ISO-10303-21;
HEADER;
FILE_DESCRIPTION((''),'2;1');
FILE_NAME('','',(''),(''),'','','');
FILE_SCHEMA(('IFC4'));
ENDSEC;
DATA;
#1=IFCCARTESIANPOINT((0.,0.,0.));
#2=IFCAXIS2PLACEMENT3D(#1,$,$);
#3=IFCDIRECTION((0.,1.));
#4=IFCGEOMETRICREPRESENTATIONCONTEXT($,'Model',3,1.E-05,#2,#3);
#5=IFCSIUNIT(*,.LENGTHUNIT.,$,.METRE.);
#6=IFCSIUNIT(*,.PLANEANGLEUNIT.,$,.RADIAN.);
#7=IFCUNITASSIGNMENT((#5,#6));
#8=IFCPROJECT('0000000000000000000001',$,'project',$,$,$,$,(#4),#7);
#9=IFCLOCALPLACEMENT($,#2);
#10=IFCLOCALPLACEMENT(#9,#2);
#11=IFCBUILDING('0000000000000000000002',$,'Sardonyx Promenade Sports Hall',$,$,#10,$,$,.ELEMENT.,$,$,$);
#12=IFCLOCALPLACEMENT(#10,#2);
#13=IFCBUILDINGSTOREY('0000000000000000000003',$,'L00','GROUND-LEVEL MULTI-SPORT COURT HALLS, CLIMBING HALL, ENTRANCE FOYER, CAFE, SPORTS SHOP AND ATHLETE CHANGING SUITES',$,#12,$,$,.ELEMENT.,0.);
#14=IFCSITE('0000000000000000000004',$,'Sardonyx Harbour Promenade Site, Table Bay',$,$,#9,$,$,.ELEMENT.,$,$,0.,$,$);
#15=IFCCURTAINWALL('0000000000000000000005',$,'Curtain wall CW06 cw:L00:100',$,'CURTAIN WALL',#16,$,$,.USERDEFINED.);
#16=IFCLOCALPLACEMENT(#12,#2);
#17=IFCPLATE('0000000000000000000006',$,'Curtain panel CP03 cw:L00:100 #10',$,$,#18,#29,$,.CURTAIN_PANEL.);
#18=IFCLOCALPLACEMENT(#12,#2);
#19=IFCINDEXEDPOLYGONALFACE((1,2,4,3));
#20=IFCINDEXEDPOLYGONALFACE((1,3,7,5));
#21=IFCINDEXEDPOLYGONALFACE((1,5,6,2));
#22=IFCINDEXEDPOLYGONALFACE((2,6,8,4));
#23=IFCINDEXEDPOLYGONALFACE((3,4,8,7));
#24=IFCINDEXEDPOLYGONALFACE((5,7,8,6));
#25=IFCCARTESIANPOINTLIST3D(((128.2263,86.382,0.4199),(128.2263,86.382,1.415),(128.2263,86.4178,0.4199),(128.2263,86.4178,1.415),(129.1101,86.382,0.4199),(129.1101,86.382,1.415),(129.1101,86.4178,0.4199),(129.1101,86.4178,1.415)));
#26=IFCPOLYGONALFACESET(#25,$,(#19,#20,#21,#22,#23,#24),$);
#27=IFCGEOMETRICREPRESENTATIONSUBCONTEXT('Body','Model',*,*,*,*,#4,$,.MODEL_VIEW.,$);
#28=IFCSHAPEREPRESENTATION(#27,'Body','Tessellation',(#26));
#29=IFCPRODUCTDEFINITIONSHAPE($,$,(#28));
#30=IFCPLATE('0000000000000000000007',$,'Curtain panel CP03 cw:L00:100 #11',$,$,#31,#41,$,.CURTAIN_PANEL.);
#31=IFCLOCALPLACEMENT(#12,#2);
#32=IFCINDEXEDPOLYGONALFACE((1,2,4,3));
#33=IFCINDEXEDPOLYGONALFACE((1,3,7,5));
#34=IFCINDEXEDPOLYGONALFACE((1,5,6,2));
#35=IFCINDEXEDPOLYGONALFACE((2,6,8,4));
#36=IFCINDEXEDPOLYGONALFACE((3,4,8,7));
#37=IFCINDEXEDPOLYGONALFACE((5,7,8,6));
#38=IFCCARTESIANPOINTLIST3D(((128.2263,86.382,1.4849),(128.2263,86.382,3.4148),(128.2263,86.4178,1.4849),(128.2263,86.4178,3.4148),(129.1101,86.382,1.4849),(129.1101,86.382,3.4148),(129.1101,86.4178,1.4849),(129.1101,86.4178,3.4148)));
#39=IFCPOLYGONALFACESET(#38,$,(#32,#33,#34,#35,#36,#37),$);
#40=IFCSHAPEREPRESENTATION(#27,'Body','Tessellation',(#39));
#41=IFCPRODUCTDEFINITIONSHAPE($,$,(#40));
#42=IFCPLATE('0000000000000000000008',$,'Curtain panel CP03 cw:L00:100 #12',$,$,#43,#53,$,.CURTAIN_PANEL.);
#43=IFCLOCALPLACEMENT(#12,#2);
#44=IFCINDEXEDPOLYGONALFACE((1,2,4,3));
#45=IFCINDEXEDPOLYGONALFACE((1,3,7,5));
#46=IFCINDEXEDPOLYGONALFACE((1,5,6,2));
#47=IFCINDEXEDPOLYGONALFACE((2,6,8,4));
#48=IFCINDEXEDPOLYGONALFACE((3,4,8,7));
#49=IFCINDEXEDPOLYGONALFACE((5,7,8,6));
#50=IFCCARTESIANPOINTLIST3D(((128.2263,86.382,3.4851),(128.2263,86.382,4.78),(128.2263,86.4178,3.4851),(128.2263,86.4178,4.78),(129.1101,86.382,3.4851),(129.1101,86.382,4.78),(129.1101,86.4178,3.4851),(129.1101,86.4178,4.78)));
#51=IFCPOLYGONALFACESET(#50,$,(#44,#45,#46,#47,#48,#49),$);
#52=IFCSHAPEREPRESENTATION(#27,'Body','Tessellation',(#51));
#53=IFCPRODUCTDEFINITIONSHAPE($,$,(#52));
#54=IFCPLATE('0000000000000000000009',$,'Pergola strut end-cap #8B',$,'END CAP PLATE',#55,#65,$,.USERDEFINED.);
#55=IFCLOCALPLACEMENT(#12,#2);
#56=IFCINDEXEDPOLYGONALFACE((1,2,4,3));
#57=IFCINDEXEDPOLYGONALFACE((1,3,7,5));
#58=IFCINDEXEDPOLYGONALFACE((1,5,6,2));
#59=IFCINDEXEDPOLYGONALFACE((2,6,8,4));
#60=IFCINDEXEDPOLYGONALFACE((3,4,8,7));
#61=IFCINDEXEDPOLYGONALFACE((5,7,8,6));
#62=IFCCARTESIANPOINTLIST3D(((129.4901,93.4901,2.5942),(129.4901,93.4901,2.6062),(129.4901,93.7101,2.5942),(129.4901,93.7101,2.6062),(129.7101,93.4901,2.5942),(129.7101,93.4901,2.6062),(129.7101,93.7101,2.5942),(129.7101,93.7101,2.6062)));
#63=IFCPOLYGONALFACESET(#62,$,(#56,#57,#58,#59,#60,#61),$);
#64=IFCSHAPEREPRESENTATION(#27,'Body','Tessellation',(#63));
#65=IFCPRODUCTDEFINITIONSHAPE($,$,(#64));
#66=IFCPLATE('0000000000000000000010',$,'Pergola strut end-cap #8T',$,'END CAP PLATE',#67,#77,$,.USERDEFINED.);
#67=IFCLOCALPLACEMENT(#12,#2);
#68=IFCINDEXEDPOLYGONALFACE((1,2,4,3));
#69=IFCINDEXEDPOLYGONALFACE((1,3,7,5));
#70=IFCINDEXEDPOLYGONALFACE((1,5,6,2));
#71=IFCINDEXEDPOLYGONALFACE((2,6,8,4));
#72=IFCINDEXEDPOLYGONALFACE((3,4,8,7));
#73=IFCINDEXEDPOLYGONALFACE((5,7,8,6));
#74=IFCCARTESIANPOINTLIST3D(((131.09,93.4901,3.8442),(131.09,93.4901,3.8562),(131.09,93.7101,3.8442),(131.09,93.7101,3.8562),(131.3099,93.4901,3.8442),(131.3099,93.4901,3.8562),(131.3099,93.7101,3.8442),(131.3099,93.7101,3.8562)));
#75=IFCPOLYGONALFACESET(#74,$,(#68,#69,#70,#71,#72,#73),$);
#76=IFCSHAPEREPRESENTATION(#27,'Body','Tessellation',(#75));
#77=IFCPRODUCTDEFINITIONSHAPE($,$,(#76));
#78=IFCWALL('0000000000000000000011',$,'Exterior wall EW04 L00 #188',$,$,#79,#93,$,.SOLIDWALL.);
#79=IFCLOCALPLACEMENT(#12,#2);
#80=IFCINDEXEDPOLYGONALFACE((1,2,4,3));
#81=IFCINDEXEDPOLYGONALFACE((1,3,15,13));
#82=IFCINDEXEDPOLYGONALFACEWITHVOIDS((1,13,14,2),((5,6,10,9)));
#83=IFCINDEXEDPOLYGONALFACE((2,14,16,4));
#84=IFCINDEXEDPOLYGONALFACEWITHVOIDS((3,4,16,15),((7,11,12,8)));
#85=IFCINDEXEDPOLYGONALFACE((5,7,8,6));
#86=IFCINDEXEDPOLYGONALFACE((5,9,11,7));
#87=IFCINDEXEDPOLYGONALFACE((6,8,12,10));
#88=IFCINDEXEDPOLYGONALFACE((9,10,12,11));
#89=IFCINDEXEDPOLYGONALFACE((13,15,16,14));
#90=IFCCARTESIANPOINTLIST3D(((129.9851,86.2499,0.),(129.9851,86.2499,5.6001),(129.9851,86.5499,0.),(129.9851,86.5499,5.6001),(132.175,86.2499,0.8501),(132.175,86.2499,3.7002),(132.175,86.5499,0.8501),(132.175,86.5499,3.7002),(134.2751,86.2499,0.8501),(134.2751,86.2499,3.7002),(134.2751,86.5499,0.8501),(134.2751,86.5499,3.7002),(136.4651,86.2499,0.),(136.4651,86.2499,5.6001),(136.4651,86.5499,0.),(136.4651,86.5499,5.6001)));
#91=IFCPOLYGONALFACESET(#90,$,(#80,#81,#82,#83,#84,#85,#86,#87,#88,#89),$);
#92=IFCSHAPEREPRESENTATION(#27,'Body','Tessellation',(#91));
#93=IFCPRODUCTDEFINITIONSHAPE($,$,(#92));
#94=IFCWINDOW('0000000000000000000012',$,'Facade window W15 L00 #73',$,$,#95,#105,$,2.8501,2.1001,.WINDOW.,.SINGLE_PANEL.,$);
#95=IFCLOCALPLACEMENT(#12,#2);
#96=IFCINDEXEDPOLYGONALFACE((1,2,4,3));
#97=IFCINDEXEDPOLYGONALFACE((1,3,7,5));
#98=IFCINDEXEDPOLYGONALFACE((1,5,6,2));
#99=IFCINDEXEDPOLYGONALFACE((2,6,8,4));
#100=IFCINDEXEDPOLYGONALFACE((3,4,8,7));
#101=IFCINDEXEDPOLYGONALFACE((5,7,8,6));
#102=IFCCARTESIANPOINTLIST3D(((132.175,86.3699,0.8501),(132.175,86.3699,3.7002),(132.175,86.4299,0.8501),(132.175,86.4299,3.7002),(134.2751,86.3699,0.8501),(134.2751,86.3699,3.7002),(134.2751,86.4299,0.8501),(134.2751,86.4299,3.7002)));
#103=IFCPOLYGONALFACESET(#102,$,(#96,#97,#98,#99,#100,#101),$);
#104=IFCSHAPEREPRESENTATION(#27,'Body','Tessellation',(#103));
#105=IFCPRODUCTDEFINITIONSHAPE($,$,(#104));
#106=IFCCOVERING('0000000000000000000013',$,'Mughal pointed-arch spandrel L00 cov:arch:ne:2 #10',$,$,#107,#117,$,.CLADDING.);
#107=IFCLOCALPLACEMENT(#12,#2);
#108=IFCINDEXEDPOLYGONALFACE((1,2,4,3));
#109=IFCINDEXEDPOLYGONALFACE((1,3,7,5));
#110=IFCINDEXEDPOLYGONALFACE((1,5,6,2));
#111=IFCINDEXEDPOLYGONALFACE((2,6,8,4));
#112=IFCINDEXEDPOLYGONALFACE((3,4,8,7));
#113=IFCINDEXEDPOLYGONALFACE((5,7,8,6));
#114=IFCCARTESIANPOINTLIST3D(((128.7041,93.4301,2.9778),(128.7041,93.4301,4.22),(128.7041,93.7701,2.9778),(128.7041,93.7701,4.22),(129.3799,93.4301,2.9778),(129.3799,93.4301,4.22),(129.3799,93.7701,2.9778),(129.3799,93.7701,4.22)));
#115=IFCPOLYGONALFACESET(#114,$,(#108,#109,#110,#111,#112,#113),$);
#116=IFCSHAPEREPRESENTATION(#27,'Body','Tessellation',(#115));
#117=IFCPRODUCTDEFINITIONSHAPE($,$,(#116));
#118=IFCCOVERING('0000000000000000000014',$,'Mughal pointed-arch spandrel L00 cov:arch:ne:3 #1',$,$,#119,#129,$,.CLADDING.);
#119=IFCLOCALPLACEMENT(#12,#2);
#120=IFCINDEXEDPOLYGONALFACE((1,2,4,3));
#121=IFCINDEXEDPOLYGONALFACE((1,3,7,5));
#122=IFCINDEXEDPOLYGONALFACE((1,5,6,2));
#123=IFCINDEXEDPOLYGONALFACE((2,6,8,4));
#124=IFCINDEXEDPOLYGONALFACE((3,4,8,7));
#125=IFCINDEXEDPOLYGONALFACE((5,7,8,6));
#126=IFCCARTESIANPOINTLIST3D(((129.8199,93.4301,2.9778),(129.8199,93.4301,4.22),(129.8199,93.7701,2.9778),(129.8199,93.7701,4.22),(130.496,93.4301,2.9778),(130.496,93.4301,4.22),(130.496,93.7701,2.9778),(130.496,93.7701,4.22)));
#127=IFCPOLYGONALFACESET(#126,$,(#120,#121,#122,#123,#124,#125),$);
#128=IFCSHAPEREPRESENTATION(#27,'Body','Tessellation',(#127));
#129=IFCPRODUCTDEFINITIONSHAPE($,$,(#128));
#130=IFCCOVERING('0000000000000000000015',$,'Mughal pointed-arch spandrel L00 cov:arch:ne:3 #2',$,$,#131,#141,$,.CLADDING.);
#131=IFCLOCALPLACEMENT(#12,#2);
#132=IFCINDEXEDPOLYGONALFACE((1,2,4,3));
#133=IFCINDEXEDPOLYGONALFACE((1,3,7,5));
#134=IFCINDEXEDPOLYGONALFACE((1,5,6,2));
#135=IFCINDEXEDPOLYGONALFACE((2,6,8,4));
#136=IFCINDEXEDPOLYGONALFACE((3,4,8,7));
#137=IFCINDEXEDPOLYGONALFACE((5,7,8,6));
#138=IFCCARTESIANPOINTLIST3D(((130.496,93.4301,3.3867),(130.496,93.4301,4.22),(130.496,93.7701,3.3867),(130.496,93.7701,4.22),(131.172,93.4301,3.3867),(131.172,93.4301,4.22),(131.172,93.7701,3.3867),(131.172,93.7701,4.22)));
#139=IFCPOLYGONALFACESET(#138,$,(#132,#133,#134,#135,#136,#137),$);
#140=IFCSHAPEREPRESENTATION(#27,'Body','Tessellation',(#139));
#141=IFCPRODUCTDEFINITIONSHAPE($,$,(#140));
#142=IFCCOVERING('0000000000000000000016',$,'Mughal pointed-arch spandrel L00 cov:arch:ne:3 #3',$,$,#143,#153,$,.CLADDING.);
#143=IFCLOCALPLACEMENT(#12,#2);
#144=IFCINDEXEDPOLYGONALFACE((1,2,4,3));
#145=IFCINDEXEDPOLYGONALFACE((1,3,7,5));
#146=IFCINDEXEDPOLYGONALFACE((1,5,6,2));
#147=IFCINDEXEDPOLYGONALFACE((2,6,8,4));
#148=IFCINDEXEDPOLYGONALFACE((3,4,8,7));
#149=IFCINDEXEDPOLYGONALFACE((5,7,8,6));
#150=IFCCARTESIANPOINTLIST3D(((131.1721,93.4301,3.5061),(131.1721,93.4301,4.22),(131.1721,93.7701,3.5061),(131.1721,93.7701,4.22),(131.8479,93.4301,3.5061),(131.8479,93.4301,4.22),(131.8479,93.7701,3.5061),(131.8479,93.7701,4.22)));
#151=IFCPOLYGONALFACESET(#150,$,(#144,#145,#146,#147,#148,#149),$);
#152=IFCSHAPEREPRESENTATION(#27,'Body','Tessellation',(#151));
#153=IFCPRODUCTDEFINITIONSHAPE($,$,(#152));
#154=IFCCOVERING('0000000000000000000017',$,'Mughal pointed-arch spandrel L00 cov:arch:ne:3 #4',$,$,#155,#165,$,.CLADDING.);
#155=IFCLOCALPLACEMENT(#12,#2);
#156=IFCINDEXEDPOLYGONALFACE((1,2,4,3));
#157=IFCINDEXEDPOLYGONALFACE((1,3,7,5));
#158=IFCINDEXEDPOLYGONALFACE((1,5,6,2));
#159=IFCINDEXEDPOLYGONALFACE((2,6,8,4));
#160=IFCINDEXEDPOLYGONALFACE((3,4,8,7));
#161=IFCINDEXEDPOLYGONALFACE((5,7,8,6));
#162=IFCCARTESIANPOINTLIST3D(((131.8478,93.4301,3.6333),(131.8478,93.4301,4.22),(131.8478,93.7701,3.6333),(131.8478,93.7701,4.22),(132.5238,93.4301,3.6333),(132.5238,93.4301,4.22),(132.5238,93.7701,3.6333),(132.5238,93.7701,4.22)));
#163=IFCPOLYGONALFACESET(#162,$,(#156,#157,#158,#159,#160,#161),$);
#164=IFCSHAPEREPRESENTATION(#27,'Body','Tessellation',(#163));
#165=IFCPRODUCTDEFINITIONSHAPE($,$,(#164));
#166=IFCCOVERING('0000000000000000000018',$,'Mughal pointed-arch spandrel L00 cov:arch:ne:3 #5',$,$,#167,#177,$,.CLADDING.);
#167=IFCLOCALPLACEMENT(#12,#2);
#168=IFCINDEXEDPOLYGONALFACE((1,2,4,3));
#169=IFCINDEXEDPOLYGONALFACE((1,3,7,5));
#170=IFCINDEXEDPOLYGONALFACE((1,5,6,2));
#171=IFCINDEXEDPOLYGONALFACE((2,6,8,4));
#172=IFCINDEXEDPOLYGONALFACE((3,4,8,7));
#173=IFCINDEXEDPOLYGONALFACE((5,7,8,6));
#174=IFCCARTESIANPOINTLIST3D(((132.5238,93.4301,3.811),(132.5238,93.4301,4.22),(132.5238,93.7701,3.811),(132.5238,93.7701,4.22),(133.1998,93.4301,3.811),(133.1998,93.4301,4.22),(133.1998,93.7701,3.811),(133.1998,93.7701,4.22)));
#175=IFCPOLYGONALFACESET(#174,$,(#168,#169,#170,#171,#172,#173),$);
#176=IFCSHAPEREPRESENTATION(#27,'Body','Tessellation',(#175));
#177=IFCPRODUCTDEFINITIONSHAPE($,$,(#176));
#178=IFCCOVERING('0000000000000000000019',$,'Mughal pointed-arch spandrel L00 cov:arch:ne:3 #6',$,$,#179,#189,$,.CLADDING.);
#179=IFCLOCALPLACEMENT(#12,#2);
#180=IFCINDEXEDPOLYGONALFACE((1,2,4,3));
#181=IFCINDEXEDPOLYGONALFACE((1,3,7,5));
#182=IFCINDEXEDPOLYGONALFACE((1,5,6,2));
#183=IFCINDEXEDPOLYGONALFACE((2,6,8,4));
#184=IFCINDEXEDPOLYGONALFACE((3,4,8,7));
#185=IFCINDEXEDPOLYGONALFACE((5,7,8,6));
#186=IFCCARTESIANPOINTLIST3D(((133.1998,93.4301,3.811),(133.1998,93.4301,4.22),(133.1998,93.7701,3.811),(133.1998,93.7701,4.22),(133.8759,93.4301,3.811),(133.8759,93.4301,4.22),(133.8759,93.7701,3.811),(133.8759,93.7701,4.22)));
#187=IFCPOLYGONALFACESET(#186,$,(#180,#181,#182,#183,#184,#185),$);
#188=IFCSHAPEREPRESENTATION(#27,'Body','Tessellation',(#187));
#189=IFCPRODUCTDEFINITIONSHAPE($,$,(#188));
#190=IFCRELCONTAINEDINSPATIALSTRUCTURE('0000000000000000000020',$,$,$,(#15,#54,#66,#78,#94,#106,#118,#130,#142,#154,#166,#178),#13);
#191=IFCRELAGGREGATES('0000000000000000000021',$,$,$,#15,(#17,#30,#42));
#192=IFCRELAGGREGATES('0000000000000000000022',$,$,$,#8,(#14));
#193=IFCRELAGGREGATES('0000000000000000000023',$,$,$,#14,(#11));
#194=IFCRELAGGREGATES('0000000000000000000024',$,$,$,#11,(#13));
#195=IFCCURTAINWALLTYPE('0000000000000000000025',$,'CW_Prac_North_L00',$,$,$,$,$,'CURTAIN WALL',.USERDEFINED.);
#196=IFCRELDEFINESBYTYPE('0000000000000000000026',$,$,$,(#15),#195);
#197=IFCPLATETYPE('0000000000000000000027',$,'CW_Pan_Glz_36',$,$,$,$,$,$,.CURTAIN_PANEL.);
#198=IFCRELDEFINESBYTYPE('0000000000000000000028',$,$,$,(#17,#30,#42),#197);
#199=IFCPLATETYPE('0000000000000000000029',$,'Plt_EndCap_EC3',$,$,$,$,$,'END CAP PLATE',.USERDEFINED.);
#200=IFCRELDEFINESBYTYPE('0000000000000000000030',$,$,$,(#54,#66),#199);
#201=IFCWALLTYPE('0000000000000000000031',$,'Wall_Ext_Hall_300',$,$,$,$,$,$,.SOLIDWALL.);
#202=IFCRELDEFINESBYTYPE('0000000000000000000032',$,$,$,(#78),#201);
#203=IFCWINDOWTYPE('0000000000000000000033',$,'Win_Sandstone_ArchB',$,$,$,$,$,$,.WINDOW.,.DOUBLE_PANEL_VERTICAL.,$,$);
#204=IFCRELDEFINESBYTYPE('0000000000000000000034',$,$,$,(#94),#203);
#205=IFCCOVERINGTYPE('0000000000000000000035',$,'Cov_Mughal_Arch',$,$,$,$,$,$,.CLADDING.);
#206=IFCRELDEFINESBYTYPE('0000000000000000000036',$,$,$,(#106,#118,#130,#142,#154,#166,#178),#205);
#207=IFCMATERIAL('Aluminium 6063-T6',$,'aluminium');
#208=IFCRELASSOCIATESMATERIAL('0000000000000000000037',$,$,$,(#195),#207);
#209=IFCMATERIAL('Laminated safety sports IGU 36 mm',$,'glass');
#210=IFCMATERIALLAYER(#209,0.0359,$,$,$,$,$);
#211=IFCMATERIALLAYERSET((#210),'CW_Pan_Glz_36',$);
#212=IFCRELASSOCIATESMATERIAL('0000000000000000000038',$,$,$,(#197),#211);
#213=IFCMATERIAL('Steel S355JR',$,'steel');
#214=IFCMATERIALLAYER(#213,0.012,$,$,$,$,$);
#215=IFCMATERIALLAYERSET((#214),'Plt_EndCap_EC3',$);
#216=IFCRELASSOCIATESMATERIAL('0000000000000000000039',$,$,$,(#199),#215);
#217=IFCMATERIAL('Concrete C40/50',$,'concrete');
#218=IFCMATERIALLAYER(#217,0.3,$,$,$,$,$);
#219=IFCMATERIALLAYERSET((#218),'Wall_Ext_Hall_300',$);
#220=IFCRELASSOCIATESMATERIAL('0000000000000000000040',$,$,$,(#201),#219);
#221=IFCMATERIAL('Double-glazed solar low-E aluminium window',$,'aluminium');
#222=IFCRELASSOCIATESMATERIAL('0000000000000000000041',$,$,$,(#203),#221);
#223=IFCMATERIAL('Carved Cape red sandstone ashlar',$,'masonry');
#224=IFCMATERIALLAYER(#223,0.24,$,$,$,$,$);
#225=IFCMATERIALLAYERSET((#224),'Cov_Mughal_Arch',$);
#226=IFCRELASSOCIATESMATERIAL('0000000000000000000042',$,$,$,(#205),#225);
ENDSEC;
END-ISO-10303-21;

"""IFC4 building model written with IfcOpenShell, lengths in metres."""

from ifc_helpers import new_model, si_unit, direction, frame, frame_2d, origin, origin_2d, place, context, subcontext, project, spatial, rectangle, extrude, material, layer, layer_set, type_object, element, fill, aggregate, save


model = new_model("IFC4")

# Units and contexts
model_context = context("Model", 3, precision=1e-05, world=origin(), true_north=direction((0.0, 1.0)))
body_context = subcontext(model_context, "Body", "Model", "MODEL_VIEW")
ifc_project = project(units=[si_unit("LENGTHUNIT", "METRE"), si_unit("PLANEANGLEUNIT", "RADIAN")], contexts=[model_context])

# Site, building, storey
site_placement = place(None, origin())
site = spatial("IfcSite", under=ifc_project, at=site_placement, Name="Sardonyx Harbour Promenade Site, Table Bay", CompositionType="ELEMENT", RefElevation=0.0)
building_placement = place(site_placement, origin())
building = spatial("IfcBuilding", under=site, at=building_placement, Name="Sardonyx Promenade Sports Hall", CompositionType="ELEMENT")
storey_placement = place(building_placement, origin())
storey = spatial("IfcBuildingStorey", under=building, at=storey_placement, Name="L00", Description="GROUND-LEVEL MULTI-SPORT COURT HALLS, CLIMBING HALL, ENTRANCE FOYER, CAFE, SPORTS SHOP AND ATHLETE CHANGING SUITES", CompositionType="ELEMENT", Elevation=0.0)

# Curtain wall
ifc_material_1 = material(Name="Aluminium 6063-T6", Category="aluminium")
curtain_wall_type = type_object("IfcCurtainWallType", Name="CW_Prac_North_L00", ElementType="CURTAIN WALL", PredefinedType="USERDEFINED", material=ifc_material_1)
curtain_wall_placement = place(storey_placement, origin())
curtain_wall = element("IfcCurtainWall", 1, at=curtain_wall_placement, inside=storey, type_object=curtain_wall_type, Name="Curtain wall CW06 cw:L00:100", ObjectType="CURTAIN WALL", PredefinedType="USERDEFINED")

# Plates
ifc_material_2 = material(Name="Laminated safety sports IGU 36 mm", Category="glass")
ifc_layer_1 = layer(ifc_material_2, 0.0359)
ifc_layer_set_1 = layer_set([ifc_layer_1], Name="CW_Pan_Glz_36")
plate_type_1 = type_object("IfcPlateType", Name="CW_Pan_Glz_36", PredefinedType="CURTAIN_PANEL", material=ifc_layer_set_1)
plate_1_placement = place(storey_placement, frame((128.6682, 86.3999, 0.4199), z_axis=(0.0, 0.0, 1.0), x_axis=(1.0, 0.0, 0.0)))
plate_1 = element("IfcPlate", 2, at=plate_1_placement, type_object=plate_type_1, Name="Curtain panel CP03 cw:L00:100 #10", PredefinedType="CURTAIN_PANEL", context=body_context, shape_type="SweptSolid", body=[
    extrude(rectangle(XDim=0.8838, YDim=0.0359, at=origin_2d()), origin(), (0.0, 0.0, 1.0), 0.9951),
])
plate_2_placement = place(storey_placement, frame((128.6682, 86.3999, 1.4849), z_axis=(0.0, 0.0, 1.0), x_axis=(1.0, 0.0, 0.0)))
plate_2 = element("IfcPlate", 3, at=plate_2_placement, type_object=plate_type_1, Name="Curtain panel CP03 cw:L00:100 #11", PredefinedType="CURTAIN_PANEL", context=body_context, shape_type="SweptSolid", body=[
    extrude(rectangle(XDim=0.8838, YDim=0.0359, at=origin_2d()), origin(), (0.0, 0.0, 1.0), 1.9299),
])
plate_3_placement = place(storey_placement, frame((128.6682, 86.3999, 3.4851), z_axis=(0.0, 0.0, 1.0), x_axis=(1.0, 0.0, 0.0)))
plate_3 = element("IfcPlate", 4, at=plate_3_placement, type_object=plate_type_1, Name="Curtain panel CP03 cw:L00:100 #12", PredefinedType="CURTAIN_PANEL", context=body_context, shape_type="SweptSolid", body=[
    extrude(rectangle(XDim=0.8838, YDim=0.0359, at=origin_2d()), origin(), (0.0, 0.0, 1.0), 1.2949),
])
aggregate(curtain_wall, [plate_1, plate_2, plate_3])

# Plates
ifc_material_3 = material(Name="Steel S355JR", Category="steel")
ifc_layer_2 = layer(ifc_material_3, 0.012)
ifc_layer_set_2 = layer_set([ifc_layer_2], Name="Plt_EndCap_EC3")
plate_type_2 = type_object("IfcPlateType", Name="Plt_EndCap_EC3", ElementType="END CAP PLATE", PredefinedType="USERDEFINED", material=ifc_layer_set_2)
for number, where, z_axis, x_axis, name in (
    (5, (129.6001, 93.6001, 2.5942), (0.0, 0.0, 1.0), (1.0, 0.0, 0.0), "Pergola strut end-cap #8B"),
    (6, (131.2, 93.6001, 3.8442), (0.0, 0.0, 1.0), (1.0, 0.0, 0.0), "Pergola strut end-cap #8T"),
):
    element("IfcPlate", number, at=place(storey_placement, frame(where, z_axis=z_axis, x_axis=x_axis)), inside=storey, type_object=plate_type_2, Name=name, ObjectType="END CAP PLATE", PredefinedType="USERDEFINED", context=body_context, shape_type="SweptSolid", body=[
        extrude(rectangle(XDim=0.22, YDim=0.22, at=origin_2d()), origin(), (0.0, 0.0, 1.0), 0.012),
    ])

# Wall, opening, window
ifc_material_4 = material(Name="Concrete C40/50", Category="concrete")
ifc_layer_3 = layer(ifc_material_4, 0.3)
ifc_layer_set_3 = layer_set([ifc_layer_3], Name="Wall_Ext_Hall_300")
wall_type = type_object("IfcWallType", Name="Wall_Ext_Hall_300", PredefinedType="SOLIDWALL", material=ifc_layer_set_3)
wall_placement = place(storey_placement, frame((129.9851, 86.3999, 0.0), z_axis=(0.0, 0.0, 1.0), x_axis=(1.0, 0.0, 0.0)))
wall = element("IfcWall", 7, at=wall_placement, inside=storey, type_object=wall_type, Name="Exterior wall EW04 L00 #188", PredefinedType="SOLIDWALL", context=body_context, shape_type="SweptSolid", body=[
    extrude(rectangle(XDim=6.48, YDim=0.3, at=frame_2d((3.24, 0.0))), origin(), (0.0, 0.0, 1.0), 5.6001),
])
opening_placement = place(wall_placement, frame((2.1899, 0.0, 0.8501)))
opening = element("IfcOpeningElement", 8, at=opening_placement, cuts=wall, PredefinedType="OPENING", context=body_context, shape_type="SweptSolid", body=[
    extrude(rectangle(XDim=2.1001, YDim=2.8501, at=frame_2d((1.05, 1.425))), frame((0.0, 0.16, 0.0), z_axis=(0.0, -1.0, 0.0), x_axis=(1.0, 0.0, 0.0)), (0.0, 0.0, 1.0), 0.32),
])
ifc_material_5 = material(Name="Double-glazed solar low-E aluminium window", Category="aluminium")
window_type = type_object("IfcWindowType", Name="Win_Sandstone_ArchB", PartitioningType="DOUBLE_PANEL_VERTICAL", PredefinedType="WINDOW", material=ifc_material_5)
window_placement = place(opening_placement, origin())
window = element("IfcWindow", 9, at=window_placement, inside=storey, type_object=window_type, Name="Facade window W15 L00 #73", OverallHeight=2.8501, OverallWidth=2.1001, PartitioningType="SINGLE_PANEL", PredefinedType="WINDOW", context=body_context, shape_type="SweptSolid", body=[
    extrude(rectangle(XDim=2.1001, YDim=2.8501, at=frame_2d((1.05, 1.425))), frame((0.0, 0.03, 0.0), z_axis=(0.0, -1.0, 0.0), x_axis=(1.0, 0.0, 0.0)), (0.0, 0.0, 1.0), 0.0601),
])
fill(opening, window)

# Coverings
ifc_material_6 = material(Name="Carved Cape red sandstone ashlar", Category="masonry")
ifc_layer_4 = layer(ifc_material_6, 0.24)
ifc_layer_set_4 = layer_set([ifc_layer_4], Name="Cov_Mughal_Arch")
covering_type = type_object("IfcCoveringType", Name="Cov_Mughal_Arch", PredefinedType="CLADDING", material=ifc_layer_set_4)
covering_1_placement = place(storey_placement, frame((128.7041, 93.6001, 2.9778), z_axis=(0.0, 0.0, 1.0), x_axis=(1.0, 0.0, 0.0)))
element("IfcCovering", 10, at=covering_1_placement, inside=storey, type_object=covering_type, Name="Mughal pointed-arch spandrel L00 cov:arch:ne:2 #10", PredefinedType="CLADDING", context=body_context, shape_type="SweptSolid", body=[
    extrude(rectangle(XDim=0.6758, YDim=0.3401, at=frame_2d((0.3379, 0.0))), origin(), (0.0, 0.0, 1.0), 1.2422),
])
covering_2_placement = place(storey_placement, frame((129.8201, 93.6001, 2.9778), z_axis=(0.0, 0.0, 1.0), x_axis=(1.0, 0.0, 0.0)))
element("IfcCovering", 11, at=covering_2_placement, inside=storey, type_object=covering_type, Name="Mughal pointed-arch spandrel L00 cov:arch:ne:3 #1", PredefinedType="CLADDING", context=body_context, shape_type="SweptSolid", body=[
    extrude(rectangle(XDim=0.676, YDim=0.3401, at=frame_2d((0.3379, 0.0))), origin(), (0.0, 0.0, 1.0), 1.2422),
])
covering_3_placement = place(storey_placement, frame((130.4961, 93.6001, 3.3867), z_axis=(0.0, 0.0, 1.0), x_axis=(1.0, 0.0, 0.0)))
element("IfcCovering", 12, at=covering_3_placement, inside=storey, type_object=covering_type, Name="Mughal pointed-arch spandrel L00 cov:arch:ne:3 #2", PredefinedType="CLADDING", context=body_context, shape_type="SweptSolid", body=[
    extrude(rectangle(XDim=0.676, YDim=0.3401, at=frame_2d((0.3379, 0.0))), origin(), (0.0, 0.0, 1.0), 0.8333),
])
covering_4_placement = place(storey_placement, frame((131.1721, 93.6001, 3.5061), z_axis=(0.0, 0.0, 1.0), x_axis=(1.0, 0.0, 0.0)))
element("IfcCovering", 13, at=covering_4_placement, inside=storey, type_object=covering_type, Name="Mughal pointed-arch spandrel L00 cov:arch:ne:3 #3", PredefinedType="CLADDING", context=body_context, shape_type="SweptSolid", body=[
    extrude(rectangle(XDim=0.6758, YDim=0.3401, at=frame_2d((0.3379, 0.0))), origin(), (0.0, 0.0, 1.0), 0.7139),
])
covering_5_placement = place(storey_placement, frame((131.8479, 93.6001, 3.6333), z_axis=(0.0, 0.0, 1.0), x_axis=(1.0, 0.0, 0.0)))
element("IfcCovering", 14, at=covering_5_placement, inside=storey, type_object=covering_type, Name="Mughal pointed-arch spandrel L00 cov:arch:ne:3 #4", PredefinedType="CLADDING", context=body_context, shape_type="SweptSolid", body=[
    extrude(rectangle(XDim=0.676, YDim=0.3401, at=frame_2d((0.3379, 0.0))), origin(), (0.0, 0.0, 1.0), 0.5867),
])
for number, where, z_axis, x_axis, name in (
    (15, (132.5239, 93.6001, 3.811), (0.0, 0.0, 1.0), (1.0, 0.0, 0.0), "Mughal pointed-arch spandrel L00 cov:arch:ne:3 #5"),
    (16, (133.2, 93.6001, 3.811), (0.0, 0.0, 1.0), (1.0, 0.0, 0.0), "Mughal pointed-arch spandrel L00 cov:arch:ne:3 #6"),
):
    element("IfcCovering", number, at=place(storey_placement, frame(where, z_axis=z_axis, x_axis=x_axis)), inside=storey, type_object=covering_type, Name=name, PredefinedType="CLADDING", context=body_context, shape_type="SweptSolid", body=[
        extrude(rectangle(XDim=0.676, YDim=0.3401, at=frame_2d((0.3379, 0.0))), origin(), (0.0, 0.0, 1.0), 0.4089),
    ])

save(model, "model.ifc")
